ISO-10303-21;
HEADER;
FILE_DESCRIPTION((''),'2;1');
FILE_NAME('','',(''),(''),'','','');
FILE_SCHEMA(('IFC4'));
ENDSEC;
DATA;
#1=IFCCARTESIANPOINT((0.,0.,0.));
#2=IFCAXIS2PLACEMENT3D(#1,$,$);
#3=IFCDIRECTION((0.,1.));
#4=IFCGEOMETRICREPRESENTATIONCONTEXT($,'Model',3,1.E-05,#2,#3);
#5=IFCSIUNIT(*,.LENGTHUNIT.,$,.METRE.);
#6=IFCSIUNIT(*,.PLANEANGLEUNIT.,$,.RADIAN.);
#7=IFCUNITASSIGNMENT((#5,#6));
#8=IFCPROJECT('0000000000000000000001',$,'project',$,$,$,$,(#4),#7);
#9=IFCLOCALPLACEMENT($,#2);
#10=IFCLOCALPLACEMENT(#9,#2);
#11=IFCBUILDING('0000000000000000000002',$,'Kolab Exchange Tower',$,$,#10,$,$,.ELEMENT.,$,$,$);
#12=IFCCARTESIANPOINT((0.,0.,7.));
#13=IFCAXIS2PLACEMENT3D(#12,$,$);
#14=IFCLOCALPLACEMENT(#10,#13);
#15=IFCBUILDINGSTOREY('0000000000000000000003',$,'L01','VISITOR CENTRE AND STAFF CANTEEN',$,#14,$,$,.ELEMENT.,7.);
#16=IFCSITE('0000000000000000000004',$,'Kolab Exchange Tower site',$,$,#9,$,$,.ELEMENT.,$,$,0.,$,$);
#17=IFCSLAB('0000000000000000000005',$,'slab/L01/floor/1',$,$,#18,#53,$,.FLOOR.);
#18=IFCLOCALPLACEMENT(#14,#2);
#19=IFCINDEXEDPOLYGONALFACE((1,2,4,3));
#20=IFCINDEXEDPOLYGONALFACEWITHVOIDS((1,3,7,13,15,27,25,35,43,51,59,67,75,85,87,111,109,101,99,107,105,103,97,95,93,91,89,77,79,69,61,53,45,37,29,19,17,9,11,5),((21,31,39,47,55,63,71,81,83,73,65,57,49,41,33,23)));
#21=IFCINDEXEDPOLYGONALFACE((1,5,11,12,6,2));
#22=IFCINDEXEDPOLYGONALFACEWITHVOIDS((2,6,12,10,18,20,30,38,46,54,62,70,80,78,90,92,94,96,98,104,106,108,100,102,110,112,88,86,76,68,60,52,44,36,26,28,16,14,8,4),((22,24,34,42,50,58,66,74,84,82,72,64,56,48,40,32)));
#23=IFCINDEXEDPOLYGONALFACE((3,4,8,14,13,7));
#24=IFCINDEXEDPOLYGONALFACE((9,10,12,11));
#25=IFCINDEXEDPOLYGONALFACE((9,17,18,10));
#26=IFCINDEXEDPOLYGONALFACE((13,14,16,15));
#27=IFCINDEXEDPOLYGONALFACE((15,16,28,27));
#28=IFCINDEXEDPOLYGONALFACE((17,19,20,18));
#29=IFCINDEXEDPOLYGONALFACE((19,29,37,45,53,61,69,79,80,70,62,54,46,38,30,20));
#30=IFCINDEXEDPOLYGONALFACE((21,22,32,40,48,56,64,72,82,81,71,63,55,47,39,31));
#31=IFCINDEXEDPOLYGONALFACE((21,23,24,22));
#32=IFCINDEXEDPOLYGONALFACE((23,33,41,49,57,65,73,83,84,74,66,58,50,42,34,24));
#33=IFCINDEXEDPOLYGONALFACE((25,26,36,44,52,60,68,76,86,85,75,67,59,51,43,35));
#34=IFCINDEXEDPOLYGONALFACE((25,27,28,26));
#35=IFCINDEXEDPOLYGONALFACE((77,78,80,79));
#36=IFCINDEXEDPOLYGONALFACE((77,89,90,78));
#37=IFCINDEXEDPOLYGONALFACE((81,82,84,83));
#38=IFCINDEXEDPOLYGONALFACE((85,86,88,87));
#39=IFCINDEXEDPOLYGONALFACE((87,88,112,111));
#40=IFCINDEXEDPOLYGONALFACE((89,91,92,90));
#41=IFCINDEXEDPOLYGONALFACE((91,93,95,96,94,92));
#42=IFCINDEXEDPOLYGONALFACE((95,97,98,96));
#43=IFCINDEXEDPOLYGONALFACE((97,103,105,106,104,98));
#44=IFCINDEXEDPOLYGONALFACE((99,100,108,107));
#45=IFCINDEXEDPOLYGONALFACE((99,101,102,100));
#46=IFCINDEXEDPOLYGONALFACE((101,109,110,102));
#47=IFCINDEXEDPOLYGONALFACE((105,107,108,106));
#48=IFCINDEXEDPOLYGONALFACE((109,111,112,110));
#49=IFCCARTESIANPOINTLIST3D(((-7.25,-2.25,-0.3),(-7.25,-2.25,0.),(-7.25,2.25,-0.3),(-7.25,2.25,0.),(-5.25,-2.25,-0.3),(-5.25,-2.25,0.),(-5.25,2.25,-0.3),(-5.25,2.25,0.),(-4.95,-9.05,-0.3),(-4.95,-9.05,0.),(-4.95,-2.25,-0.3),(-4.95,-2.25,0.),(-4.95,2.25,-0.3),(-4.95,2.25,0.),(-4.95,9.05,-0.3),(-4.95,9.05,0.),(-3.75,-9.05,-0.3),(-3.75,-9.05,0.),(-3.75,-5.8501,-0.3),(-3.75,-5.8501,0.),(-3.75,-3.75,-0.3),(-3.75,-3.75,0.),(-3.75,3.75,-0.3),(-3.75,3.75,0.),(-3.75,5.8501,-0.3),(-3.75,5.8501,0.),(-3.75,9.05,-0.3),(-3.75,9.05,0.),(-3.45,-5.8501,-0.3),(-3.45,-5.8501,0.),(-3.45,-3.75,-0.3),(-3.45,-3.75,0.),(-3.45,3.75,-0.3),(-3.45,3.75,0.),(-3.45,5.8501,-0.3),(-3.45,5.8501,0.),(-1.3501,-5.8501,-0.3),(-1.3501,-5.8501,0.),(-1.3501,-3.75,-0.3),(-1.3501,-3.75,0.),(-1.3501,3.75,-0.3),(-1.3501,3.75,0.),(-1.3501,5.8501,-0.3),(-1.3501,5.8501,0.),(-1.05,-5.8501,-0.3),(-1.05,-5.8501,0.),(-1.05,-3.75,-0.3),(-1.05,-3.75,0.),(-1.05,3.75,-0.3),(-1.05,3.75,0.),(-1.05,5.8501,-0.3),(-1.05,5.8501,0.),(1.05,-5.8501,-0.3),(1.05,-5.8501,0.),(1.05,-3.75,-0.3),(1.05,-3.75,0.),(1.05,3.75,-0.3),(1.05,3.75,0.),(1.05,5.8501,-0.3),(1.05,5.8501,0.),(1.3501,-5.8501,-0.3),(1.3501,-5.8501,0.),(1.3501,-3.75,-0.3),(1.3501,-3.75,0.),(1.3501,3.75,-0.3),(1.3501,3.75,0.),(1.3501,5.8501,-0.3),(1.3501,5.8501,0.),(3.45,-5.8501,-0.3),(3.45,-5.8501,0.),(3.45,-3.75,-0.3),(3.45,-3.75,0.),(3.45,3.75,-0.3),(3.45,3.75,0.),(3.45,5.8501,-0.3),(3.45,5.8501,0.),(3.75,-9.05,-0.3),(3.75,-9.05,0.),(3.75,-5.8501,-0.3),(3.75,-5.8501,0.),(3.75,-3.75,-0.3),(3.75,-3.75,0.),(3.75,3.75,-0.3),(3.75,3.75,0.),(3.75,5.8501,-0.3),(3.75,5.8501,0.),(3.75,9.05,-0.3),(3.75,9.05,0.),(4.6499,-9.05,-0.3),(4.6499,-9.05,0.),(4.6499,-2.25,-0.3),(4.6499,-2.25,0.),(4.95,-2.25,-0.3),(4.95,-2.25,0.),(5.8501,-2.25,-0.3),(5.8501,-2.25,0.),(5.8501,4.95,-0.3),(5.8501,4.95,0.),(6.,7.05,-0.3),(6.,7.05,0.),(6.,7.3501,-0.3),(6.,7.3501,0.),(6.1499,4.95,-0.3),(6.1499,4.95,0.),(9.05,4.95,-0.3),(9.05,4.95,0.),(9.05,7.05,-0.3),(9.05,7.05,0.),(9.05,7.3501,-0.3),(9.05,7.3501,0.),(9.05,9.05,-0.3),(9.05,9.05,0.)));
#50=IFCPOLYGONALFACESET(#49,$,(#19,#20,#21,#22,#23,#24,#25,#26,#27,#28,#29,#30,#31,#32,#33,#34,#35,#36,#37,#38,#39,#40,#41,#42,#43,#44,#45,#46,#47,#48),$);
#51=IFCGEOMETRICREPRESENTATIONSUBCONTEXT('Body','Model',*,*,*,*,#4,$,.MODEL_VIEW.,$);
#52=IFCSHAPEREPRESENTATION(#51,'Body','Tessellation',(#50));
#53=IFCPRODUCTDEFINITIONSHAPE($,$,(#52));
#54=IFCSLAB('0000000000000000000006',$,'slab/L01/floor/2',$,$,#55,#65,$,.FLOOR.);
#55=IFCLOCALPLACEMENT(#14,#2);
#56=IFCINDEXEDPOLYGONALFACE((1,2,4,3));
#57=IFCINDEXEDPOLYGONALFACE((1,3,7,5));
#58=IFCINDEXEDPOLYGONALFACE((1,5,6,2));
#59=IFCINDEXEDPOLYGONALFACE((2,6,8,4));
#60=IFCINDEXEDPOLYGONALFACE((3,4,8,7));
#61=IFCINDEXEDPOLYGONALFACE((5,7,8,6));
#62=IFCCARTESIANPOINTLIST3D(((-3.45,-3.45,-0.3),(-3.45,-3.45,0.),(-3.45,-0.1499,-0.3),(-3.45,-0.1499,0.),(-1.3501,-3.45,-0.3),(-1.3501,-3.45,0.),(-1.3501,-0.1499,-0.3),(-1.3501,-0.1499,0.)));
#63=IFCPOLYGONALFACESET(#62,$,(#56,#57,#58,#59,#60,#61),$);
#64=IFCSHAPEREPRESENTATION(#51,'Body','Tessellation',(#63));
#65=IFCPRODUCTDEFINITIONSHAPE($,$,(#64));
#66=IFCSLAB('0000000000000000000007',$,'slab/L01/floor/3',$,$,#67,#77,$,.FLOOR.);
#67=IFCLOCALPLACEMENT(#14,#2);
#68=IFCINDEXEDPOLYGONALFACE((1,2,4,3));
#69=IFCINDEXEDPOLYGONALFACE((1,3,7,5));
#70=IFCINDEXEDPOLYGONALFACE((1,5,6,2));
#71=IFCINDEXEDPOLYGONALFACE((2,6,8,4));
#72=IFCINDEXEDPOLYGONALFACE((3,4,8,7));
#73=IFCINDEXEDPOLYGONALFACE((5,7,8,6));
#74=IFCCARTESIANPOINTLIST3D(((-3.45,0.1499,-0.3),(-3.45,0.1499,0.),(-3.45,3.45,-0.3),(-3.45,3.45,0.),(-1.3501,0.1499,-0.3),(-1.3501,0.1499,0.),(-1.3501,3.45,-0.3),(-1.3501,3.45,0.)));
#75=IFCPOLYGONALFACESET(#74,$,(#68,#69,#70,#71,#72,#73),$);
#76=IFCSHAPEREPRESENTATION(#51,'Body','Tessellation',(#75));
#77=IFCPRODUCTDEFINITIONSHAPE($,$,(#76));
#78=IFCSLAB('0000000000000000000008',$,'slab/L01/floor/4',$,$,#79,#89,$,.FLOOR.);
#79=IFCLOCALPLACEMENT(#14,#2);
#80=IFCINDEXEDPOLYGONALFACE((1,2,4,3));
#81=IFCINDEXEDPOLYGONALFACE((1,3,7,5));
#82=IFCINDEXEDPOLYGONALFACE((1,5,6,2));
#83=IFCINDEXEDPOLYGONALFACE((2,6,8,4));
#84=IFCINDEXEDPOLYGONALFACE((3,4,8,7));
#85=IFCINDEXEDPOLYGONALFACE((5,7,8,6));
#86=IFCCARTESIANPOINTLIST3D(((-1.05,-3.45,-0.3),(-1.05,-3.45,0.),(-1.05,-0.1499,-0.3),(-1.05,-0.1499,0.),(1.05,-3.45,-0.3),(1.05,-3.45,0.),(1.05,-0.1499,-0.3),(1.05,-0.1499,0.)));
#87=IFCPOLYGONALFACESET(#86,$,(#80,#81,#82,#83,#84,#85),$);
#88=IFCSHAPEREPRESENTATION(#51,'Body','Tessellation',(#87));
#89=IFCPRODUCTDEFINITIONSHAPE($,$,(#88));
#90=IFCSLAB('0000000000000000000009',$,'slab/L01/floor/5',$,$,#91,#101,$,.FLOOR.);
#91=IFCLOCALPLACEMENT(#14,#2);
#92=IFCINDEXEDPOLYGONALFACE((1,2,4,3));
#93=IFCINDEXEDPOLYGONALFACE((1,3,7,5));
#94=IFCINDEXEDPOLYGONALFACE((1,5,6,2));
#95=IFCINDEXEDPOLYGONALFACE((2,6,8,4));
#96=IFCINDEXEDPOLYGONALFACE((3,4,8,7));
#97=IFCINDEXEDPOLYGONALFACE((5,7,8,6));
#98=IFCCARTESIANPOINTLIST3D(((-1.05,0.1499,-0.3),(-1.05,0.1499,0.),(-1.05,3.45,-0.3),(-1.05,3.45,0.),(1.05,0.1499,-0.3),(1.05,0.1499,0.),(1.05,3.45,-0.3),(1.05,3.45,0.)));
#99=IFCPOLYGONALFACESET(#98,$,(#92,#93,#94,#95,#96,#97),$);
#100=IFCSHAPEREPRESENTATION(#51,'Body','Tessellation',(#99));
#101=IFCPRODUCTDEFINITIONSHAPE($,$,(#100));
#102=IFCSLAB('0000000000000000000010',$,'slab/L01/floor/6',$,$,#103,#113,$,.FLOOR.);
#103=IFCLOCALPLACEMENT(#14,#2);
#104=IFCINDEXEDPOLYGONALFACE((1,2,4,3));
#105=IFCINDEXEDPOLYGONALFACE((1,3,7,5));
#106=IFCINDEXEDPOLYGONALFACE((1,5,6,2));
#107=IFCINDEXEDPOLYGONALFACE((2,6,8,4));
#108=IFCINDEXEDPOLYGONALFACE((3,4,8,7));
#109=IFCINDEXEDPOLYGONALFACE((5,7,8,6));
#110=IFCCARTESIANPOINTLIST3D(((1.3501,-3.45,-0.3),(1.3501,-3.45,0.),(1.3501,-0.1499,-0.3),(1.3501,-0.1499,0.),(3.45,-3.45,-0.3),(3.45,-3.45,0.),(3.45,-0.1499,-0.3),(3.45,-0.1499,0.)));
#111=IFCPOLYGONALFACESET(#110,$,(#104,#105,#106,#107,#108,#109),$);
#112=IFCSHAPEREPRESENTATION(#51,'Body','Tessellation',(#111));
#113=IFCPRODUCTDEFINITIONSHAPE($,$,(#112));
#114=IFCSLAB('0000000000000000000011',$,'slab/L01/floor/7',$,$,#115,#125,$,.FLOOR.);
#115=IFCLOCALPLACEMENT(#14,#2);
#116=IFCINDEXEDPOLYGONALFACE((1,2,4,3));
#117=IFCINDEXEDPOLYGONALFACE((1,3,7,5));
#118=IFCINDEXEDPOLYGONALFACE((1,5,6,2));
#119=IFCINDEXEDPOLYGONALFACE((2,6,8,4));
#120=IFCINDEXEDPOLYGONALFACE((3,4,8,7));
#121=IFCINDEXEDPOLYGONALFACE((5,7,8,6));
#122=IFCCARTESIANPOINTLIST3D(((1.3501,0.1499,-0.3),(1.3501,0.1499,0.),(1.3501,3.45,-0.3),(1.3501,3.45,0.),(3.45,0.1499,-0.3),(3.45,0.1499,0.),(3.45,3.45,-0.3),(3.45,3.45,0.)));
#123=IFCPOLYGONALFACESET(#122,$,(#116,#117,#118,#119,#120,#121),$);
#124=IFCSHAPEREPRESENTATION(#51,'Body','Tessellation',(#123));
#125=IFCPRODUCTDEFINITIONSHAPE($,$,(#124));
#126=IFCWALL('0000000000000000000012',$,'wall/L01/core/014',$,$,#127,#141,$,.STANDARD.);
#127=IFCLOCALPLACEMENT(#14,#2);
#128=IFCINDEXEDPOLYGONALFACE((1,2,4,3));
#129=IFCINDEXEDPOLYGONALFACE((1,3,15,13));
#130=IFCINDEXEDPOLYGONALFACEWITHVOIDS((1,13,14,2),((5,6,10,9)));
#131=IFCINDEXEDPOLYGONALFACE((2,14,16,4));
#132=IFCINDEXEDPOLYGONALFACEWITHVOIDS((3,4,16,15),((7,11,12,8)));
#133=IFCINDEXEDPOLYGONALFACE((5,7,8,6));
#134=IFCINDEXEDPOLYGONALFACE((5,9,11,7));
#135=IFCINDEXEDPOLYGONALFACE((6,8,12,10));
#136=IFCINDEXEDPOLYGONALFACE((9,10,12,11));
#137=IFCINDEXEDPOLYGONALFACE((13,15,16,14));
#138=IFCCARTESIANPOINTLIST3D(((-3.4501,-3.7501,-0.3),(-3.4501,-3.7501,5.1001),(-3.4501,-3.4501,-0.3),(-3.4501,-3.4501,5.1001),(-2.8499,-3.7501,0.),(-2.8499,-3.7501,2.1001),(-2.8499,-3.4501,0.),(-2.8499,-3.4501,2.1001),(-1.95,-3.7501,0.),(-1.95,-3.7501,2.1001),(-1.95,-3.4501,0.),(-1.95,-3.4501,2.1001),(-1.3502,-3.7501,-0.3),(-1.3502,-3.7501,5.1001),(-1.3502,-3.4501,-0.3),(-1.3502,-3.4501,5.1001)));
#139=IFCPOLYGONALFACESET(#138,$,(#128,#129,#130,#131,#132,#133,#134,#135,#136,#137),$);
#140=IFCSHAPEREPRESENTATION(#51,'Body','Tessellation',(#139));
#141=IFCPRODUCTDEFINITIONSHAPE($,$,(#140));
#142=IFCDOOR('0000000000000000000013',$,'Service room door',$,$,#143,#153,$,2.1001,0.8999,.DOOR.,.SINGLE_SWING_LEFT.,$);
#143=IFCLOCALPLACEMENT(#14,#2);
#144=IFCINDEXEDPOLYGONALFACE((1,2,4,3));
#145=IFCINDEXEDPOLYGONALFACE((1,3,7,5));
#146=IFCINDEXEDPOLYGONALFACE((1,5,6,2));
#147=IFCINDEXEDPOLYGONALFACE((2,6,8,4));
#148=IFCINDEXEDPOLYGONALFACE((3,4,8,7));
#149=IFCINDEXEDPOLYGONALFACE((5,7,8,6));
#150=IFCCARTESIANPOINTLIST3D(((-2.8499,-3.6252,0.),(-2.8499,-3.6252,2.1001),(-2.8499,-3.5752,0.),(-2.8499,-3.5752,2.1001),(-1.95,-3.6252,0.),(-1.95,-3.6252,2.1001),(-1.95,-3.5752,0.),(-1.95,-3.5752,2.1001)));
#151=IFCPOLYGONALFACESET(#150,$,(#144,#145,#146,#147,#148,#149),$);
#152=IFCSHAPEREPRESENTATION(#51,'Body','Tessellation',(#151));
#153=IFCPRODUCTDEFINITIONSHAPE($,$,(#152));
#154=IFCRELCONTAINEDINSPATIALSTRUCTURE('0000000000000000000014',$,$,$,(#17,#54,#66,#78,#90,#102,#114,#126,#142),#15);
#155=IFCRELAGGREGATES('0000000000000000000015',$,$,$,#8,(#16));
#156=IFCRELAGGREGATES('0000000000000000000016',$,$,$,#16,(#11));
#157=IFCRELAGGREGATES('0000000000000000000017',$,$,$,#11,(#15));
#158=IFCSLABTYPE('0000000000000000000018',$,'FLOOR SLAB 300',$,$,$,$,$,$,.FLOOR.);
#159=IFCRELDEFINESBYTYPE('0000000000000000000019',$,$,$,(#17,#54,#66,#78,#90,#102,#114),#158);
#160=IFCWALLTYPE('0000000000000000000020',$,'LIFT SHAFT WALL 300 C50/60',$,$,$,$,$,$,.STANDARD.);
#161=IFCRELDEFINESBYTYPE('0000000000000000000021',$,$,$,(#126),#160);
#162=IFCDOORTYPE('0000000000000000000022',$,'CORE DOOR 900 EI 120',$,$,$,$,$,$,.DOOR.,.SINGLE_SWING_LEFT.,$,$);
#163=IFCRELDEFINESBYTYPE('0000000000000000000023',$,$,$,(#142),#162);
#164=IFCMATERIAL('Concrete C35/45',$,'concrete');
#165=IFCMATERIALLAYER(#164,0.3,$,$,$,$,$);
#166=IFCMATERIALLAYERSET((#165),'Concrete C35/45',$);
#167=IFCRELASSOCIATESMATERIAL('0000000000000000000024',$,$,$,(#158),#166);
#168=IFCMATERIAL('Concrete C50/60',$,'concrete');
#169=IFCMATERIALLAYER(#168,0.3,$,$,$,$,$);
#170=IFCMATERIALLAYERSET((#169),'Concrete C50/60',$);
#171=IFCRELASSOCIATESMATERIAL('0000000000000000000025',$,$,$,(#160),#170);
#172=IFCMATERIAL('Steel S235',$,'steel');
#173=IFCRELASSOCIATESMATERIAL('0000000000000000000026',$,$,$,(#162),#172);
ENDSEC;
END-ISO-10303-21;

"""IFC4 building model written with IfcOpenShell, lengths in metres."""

from ifc_helpers import new_model, si_unit, direction, frame, frame_2d, origin, place, context, subcontext, project, spatial, polyline, rectangle, outline, extrude, material, layer, layer_set, type_object, element, fill, save


model = new_model("IFC4")

# Units and contexts
model_context = context("Model", 3, precision=1e-05, world=origin(), true_north=direction((0.0, 1.0)))
body_context = subcontext(model_context, "Body", "Model", "MODEL_VIEW")
ifc_project = project(units=[si_unit("LENGTHUNIT", "METRE"), si_unit("PLANEANGLEUNIT", "RADIAN")], contexts=[model_context])

# Site, building, storey
site_placement = place(None, origin())
site = spatial("IfcSite", under=ifc_project, at=site_placement, Name="Kolab Exchange Tower site", CompositionType="ELEMENT", RefElevation=0.0)
building_placement = place(site_placement, origin())
building = spatial("IfcBuilding", under=site, at=building_placement, Name="Kolab Exchange Tower", CompositionType="ELEMENT")
storey_placement = place(building_placement, frame((0.0, 0.0, 7.0)))
storey = spatial("IfcBuildingStorey", under=building, at=storey_placement, Name="L01", Description="VISITOR CENTRE AND STAFF CANTEEN", CompositionType="ELEMENT", Elevation=7.0)

# Slabs
ifc_material_1 = material(Name="Concrete C35/45", Category="concrete")
ifc_layer_1 = layer(ifc_material_1, 0.3)
ifc_layer_set_1 = layer_set([ifc_layer_1], Name="Concrete C35/45")
slab_type = type_object("IfcSlabType", Name="FLOOR SLAB 300", PredefinedType="FLOOR", material=ifc_layer_set_1)
slab_1_placement = place(storey_placement, frame((0.0, 0.0, -0.3)))
element("IfcSlab", 1, at=slab_1_placement, inside=storey, type_object=slab_type, Name="slab/L01/floor/1", PredefinedType="FLOOR", context=body_context, shape_type="SweptSolid", body=[
    extrude(outline(polyline([(-7.25, 2.25), (-7.25, -2.25), (-5.25, -2.25), (-4.95, -2.25), (-4.95, -9.05), (-3.75, -9.05), (-3.75, -5.8501), (-3.45, -5.8501), (-1.3501, -5.8501), (-1.05, -5.8501), (1.05, -5.8501), (1.3501, -5.8501), (3.45, -5.8501), (3.75, -5.8501), (3.75, -9.05), (4.6499, -9.05), (4.6499, -2.25), (4.95, -2.25), (5.8501, -2.25), (5.8501, 4.95), (6.1499, 4.95), (9.05, 4.95), (9.05, 7.05), (6.0, 7.05), (6.0, 7.3501), (9.05, 7.3501), (9.05, 9.05), (3.75, 9.05), (3.75, 5.8501), (3.45, 5.8501), (1.3501, 5.8501), (1.05, 5.8501), (-1.05, 5.8501), (-1.3501, 5.8501), (-3.45, 5.8501), (-3.75, 5.8501), (-3.75, 9.05), (-4.95, 9.05), (-4.95, 2.25), (-5.25, 2.25), (-7.25, 2.25)]), holes=[polyline([(1.3501, -3.75), (1.05, -3.75), (-1.05, -3.75), (-1.3501, -3.75), (-3.45, -3.75), (-3.75, -3.75), (-3.75, 3.75), (-3.45, 3.75), (-1.3501, 3.75), (-1.05, 3.75), (1.05, 3.75), (1.3501, 3.75), (3.45, 3.75), (3.75, 3.75), (3.75, -3.75), (3.45, -3.75), (1.3501, -3.75)])]), origin(), (0.0, 0.0, 1.0), 0.3),
])
slab_2_placement = place(storey_placement, frame((0.0, 0.0, -0.3)))
element("IfcSlab", 2, at=slab_2_placement, inside=storey, type_object=slab_type, Name="slab/L01/floor/2", PredefinedType="FLOOR", context=body_context, shape_type="SweptSolid", body=[
    extrude(outline(polyline([(-3.45, -3.45), (-1.3501, -3.45), (-1.3501, -0.1499), (-3.45, -0.1499), (-3.45, -3.45)])), origin(), (0.0, 0.0, 1.0), 0.3),
])
slab_3_placement = place(storey_placement, frame((0.0, 0.0, -0.3)))
element("IfcSlab", 3, at=slab_3_placement, inside=storey, type_object=slab_type, Name="slab/L01/floor/3", PredefinedType="FLOOR", context=body_context, shape_type="SweptSolid", body=[
    extrude(outline(polyline([(-1.3501, 0.1499), (-1.3501, 3.45), (-3.45, 3.45), (-3.45, 0.1499), (-1.3501, 0.1499)])), origin(), (0.0, 0.0, 1.0), 0.3),
])
slab_4_placement = place(storey_placement, frame((0.0, 0.0, -0.3)))
element("IfcSlab", 4, at=slab_4_placement, inside=storey, type_object=slab_type, Name="slab/L01/floor/4", PredefinedType="FLOOR", context=body_context, shape_type="SweptSolid", body=[
    extrude(outline(polyline([(-1.05, -3.45), (1.05, -3.45), (1.05, -0.1499), (-1.05, -0.1499), (-1.05, -3.45)])), origin(), (0.0, 0.0, 1.0), 0.3),
])
slab_5_placement = place(storey_placement, frame((0.0, 0.0, -0.3)))
element("IfcSlab", 5, at=slab_5_placement, inside=storey, type_object=slab_type, Name="slab/L01/floor/5", PredefinedType="FLOOR", context=body_context, shape_type="SweptSolid", body=[
    extrude(outline(polyline([(1.05, 0.1499), (1.05, 3.45), (-1.05, 3.45), (-1.05, 0.1499), (1.05, 0.1499)])), origin(), (0.0, 0.0, 1.0), 0.3),
])
slab_6_placement = place(storey_placement, frame((0.0, 0.0, -0.3)))
element("IfcSlab", 6, at=slab_6_placement, inside=storey, type_object=slab_type, Name="slab/L01/floor/6", PredefinedType="FLOOR", context=body_context, shape_type="SweptSolid", body=[
    extrude(outline(polyline([(1.3501, -0.1499), (1.3501, -3.45), (3.45, -3.45), (3.45, -0.1499), (1.3501, -0.1499)])), origin(), (0.0, 0.0, 1.0), 0.3),
])
slab_7_placement = place(storey_placement, frame((0.0, 0.0, -0.3)))
element("IfcSlab", 7, at=slab_7_placement, inside=storey, type_object=slab_type, Name="slab/L01/floor/7", PredefinedType="FLOOR", context=body_context, shape_type="SweptSolid", body=[
    extrude(outline(polyline([(1.3501, 3.45), (1.3501, 0.1499), (3.45, 0.1499), (3.45, 3.45), (1.3501, 3.45)])), origin(), (0.0, 0.0, 1.0), 0.3),
])

# Wall, opening, door
ifc_material_2 = material(Name="Concrete C50/60", Category="concrete")
ifc_layer_2 = layer(ifc_material_2, 0.3)
ifc_layer_set_2 = layer_set([ifc_layer_2], Name="Concrete C50/60")
wall_type_1 = type_object("IfcWallType", Name="LIFT SHAFT WALL 300 C50/60", PredefinedType="STANDARD", material=ifc_layer_set_2)
wall_1_placement = place(storey_placement, frame((-3.45, -3.6001, -0.3), z_axis=(0.0, 0.0, 1.0), x_axis=(1.0, 0.0, 0.0)))
wall_1 = element("IfcWall", 8, at=wall_1_placement, inside=storey, type_object=wall_type_1, Name="wall/L01/core/014", PredefinedType="STANDARD", context=body_context, shape_type="SweptSolid", body=[
    extrude(rectangle(XDim=2.0999, YDim=0.3, at=frame_2d((1.0498, 0.0))), origin(), (0.0, 0.0, 1.0), 5.4001),
])
opening_1_placement = place(wall_1_placement, frame((0.6001, 0.0, 0.3)))
opening_1 = element("IfcOpeningElement", 9, at=opening_1_placement, cuts=wall_1, PredefinedType="OPENING", context=body_context, shape_type="SweptSolid", body=[
    extrude(rectangle(XDim=0.8999, YDim=2.1001, at=frame_2d((0.45, 1.05))), frame((0.0, 0.1602, 0.0), z_axis=(0.0, -1.0, 0.0), x_axis=(1.0, 0.0, 0.0)), (0.0, 0.0, 1.0), 0.3201),
])
ifc_material_3 = material(Name="Steel S235", Category="steel")
door_type_1 = type_object("IfcDoorType", Name="CORE DOOR 900 EI 120", OperationType="SINGLE_SWING_LEFT", PredefinedType="DOOR", material=ifc_material_3)
door_1_placement = place(opening_1_placement, origin())
door_1 = element("IfcDoor", 10, at=door_1_placement, inside=storey, type_object=door_type_1, Name="Service room door", OperationType="SINGLE_SWING_LEFT", OverallHeight=2.1001, OverallWidth=0.8999, PredefinedType="DOOR", context=body_context, shape_type="SweptSolid", body=[
    extrude(rectangle(XDim=0.8999, YDim=2.1001, at=frame_2d((0.45, 1.05))), frame((0.0, 0.0249, 0.0), z_axis=(0.0, -1.0, 0.0), x_axis=(1.0, 0.0, 0.0)), (0.0, 0.0, 1.0), 0.05),
])
fill(opening_1, door_1)

save(model, "model.ifc")
